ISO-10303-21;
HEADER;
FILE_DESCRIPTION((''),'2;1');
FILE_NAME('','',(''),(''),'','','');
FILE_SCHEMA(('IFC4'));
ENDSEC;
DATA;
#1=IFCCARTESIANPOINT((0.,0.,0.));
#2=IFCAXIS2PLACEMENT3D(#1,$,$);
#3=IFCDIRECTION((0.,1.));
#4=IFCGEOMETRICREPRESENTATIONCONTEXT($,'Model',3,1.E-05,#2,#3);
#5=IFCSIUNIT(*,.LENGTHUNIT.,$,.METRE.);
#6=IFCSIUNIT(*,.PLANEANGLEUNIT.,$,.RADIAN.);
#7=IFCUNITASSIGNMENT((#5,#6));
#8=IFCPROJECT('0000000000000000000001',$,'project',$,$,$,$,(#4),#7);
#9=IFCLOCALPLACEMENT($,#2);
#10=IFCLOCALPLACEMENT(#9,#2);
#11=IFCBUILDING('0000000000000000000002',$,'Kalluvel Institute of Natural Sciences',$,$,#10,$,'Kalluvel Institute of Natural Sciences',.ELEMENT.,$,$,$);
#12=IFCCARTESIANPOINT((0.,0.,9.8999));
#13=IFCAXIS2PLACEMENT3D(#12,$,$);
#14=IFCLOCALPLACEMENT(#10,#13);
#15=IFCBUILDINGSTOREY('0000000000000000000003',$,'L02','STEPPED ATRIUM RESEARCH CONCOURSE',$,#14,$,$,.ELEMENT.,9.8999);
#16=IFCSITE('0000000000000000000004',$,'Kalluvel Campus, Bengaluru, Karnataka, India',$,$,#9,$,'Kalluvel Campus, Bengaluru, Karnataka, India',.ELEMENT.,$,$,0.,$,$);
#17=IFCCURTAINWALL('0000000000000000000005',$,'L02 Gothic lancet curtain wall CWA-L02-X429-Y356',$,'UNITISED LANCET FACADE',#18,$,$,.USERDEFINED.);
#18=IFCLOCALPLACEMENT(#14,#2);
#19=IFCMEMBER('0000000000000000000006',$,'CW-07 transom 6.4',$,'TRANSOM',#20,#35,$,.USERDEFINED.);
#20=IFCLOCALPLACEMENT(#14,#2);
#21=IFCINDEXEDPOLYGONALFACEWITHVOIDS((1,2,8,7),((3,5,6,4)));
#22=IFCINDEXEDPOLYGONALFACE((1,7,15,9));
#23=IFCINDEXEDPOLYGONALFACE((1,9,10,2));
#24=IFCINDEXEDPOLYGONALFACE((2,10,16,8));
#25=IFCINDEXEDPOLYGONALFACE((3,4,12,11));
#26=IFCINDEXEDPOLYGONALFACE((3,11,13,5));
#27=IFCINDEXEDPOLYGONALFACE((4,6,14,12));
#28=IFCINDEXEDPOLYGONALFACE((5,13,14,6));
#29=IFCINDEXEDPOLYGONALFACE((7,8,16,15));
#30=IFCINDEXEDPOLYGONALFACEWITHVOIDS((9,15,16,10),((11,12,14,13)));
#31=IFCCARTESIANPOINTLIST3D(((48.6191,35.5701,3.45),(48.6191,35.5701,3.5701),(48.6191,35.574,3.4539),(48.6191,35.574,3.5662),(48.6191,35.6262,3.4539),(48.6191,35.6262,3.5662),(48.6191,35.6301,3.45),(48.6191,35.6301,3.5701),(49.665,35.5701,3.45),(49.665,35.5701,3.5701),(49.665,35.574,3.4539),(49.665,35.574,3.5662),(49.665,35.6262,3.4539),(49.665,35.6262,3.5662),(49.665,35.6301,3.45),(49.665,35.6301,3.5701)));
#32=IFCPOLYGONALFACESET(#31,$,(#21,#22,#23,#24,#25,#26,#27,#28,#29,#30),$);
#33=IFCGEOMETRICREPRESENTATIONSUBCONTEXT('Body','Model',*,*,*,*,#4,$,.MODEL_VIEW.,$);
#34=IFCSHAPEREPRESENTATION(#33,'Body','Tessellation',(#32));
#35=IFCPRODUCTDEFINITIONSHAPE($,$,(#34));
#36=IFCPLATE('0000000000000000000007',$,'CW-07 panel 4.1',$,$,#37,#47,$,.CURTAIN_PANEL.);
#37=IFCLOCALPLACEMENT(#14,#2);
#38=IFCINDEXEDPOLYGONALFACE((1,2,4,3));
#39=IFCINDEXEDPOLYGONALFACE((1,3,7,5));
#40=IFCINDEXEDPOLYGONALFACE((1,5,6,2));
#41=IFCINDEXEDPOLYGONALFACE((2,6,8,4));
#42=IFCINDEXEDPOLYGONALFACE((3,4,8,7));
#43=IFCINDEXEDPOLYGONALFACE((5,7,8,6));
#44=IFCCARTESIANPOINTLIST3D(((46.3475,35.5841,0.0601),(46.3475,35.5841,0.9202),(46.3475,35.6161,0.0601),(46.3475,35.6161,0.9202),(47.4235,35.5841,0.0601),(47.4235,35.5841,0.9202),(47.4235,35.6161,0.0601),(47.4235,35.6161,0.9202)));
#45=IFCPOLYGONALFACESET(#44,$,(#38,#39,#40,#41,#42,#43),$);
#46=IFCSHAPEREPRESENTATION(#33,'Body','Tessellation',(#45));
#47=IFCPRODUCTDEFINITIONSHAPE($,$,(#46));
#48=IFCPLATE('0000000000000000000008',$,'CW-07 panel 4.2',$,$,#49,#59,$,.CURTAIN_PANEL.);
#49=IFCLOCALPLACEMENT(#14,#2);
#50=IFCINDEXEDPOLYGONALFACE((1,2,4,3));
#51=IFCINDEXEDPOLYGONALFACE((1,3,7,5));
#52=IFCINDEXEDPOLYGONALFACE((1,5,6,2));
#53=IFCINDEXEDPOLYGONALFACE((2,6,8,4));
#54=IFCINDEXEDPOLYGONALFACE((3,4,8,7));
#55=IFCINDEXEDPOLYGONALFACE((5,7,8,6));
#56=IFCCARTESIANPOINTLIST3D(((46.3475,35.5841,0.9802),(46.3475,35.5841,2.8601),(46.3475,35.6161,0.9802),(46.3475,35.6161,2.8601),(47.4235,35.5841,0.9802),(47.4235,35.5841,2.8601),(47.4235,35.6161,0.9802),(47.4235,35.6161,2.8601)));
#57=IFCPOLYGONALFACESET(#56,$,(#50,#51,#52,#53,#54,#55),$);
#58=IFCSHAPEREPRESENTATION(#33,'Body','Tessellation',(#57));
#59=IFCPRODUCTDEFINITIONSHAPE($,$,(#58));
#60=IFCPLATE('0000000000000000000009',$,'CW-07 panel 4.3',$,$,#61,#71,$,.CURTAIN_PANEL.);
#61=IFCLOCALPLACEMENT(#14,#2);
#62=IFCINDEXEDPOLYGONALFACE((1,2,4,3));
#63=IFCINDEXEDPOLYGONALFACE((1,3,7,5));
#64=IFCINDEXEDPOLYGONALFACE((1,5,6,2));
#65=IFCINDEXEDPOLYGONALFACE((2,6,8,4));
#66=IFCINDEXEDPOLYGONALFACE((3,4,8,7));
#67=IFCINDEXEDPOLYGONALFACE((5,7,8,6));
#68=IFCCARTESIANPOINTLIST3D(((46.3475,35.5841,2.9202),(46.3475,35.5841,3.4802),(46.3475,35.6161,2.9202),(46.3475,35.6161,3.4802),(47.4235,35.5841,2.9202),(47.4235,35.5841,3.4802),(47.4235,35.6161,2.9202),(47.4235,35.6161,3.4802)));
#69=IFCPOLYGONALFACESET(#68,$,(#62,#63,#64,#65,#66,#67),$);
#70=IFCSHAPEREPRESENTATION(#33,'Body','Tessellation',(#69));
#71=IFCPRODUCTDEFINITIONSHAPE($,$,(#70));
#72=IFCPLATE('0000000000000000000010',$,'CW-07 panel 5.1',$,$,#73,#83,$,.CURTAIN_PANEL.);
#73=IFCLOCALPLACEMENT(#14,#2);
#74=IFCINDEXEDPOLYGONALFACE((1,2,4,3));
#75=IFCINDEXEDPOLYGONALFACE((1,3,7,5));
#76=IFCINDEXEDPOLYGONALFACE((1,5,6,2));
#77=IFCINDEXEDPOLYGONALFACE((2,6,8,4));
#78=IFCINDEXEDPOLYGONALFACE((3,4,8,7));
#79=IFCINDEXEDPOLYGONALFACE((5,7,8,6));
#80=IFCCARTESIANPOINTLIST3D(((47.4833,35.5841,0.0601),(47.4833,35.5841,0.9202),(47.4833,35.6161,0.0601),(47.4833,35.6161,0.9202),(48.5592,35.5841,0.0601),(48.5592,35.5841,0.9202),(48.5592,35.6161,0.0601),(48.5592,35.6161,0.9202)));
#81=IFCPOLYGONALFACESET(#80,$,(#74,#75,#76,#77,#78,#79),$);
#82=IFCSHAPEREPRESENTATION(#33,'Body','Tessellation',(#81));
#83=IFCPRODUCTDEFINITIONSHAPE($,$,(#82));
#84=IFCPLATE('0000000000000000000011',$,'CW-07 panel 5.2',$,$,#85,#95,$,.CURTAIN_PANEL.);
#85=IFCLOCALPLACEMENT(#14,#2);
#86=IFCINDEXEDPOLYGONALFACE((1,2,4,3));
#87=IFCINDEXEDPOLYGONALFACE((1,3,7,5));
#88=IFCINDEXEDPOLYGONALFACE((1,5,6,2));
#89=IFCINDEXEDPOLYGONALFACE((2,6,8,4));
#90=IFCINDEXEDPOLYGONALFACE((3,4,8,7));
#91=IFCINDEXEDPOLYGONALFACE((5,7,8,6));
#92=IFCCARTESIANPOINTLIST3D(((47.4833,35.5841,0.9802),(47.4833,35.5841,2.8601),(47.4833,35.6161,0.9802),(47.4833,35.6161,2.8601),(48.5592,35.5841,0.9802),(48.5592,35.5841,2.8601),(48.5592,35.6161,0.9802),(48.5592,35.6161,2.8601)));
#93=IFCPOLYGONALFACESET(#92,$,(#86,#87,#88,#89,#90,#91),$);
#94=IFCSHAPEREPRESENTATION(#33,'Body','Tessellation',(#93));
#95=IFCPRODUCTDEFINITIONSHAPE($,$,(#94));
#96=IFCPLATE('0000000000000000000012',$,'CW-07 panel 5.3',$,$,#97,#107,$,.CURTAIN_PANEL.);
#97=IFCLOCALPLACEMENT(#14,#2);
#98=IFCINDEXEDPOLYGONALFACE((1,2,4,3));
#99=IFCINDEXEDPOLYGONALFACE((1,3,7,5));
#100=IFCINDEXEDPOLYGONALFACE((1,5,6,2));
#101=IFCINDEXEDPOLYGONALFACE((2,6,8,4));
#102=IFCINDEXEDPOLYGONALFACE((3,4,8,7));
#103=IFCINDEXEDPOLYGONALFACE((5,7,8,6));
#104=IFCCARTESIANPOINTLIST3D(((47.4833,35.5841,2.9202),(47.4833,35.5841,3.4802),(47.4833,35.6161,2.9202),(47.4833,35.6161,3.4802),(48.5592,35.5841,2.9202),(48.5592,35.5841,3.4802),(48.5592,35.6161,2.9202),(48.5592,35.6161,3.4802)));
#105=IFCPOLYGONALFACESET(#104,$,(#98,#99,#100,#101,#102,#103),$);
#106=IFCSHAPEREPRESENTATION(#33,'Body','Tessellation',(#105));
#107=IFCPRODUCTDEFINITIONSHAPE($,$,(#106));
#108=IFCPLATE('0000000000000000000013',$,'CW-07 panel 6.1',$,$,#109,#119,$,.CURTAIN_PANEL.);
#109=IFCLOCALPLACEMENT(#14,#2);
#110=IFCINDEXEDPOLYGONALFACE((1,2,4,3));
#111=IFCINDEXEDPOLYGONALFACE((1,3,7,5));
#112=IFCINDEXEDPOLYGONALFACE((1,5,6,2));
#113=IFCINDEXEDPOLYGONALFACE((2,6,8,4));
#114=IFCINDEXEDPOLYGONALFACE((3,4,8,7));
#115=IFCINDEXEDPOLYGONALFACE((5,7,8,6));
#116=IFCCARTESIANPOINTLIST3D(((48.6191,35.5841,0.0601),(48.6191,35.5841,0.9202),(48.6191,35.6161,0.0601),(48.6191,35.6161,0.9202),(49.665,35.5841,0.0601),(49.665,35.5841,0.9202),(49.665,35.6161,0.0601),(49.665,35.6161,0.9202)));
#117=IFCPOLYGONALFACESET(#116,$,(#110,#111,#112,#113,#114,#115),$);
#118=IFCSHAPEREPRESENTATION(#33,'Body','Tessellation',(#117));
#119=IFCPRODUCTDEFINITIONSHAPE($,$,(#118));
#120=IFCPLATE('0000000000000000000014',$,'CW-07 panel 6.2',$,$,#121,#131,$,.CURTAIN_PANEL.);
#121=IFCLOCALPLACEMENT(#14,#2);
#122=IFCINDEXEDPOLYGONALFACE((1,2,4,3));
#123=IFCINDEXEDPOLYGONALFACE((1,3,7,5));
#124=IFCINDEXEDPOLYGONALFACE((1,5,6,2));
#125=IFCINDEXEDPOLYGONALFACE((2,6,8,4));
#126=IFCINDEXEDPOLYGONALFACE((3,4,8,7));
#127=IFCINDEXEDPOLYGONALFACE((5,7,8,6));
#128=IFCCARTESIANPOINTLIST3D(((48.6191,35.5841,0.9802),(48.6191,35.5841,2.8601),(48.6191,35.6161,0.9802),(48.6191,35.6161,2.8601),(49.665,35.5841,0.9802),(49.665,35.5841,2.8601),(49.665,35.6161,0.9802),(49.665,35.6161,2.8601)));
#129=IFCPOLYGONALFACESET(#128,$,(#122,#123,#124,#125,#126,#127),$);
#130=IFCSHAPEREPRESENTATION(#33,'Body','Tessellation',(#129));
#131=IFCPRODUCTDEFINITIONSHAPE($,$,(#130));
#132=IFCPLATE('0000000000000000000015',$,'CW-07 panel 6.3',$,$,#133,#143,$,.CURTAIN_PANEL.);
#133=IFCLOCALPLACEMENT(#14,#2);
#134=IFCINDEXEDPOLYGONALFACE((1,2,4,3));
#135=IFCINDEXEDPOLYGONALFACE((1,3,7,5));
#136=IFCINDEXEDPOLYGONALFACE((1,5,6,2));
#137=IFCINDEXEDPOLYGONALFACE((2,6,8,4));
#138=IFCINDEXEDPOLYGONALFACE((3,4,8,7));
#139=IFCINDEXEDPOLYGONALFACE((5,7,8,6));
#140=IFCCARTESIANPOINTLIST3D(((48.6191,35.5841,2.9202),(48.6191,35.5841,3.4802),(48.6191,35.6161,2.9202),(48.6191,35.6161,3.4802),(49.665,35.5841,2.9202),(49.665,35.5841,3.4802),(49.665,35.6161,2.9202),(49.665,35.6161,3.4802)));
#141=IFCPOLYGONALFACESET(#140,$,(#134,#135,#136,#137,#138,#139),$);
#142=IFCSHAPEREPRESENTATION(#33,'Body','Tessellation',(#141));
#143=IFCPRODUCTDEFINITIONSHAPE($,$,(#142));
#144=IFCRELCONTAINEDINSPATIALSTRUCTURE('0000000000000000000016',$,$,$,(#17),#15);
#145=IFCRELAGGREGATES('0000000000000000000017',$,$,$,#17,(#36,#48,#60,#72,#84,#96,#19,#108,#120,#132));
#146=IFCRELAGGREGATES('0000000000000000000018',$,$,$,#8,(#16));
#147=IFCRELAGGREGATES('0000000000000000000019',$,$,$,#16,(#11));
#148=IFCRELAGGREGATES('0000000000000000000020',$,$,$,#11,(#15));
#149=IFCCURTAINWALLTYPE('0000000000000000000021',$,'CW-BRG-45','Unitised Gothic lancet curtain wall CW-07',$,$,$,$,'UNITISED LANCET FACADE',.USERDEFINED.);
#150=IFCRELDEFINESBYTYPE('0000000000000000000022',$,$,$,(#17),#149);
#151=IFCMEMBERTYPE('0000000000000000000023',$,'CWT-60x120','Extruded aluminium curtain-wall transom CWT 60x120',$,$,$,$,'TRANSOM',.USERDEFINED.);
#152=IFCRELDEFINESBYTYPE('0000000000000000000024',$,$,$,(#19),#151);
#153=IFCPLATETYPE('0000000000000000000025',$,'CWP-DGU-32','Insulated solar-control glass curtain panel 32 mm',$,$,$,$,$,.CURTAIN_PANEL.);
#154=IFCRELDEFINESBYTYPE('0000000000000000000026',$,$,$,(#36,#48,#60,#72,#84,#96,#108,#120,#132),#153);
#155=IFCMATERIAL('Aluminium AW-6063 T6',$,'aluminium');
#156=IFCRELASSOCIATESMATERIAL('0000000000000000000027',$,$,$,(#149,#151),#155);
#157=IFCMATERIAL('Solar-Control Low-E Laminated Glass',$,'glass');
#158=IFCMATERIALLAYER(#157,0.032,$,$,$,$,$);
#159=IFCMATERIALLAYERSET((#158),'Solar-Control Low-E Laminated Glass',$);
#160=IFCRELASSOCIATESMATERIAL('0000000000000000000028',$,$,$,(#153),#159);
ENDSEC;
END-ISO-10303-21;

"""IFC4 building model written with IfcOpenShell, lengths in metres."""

from ifc_helpers import new_model, si_unit, direction, frame, origin, origin_2d, place, context, subcontext, project, spatial, rectangle, hollow_rectangle, extrude, material, layer, layer_set, material_profile, profile_set, type_object, element, aggregate, save


model = new_model("IFC4")

# Units and contexts
model_context = context("Model", 3, precision=1e-05, world=origin(), true_north=direction((0.0, 1.0)))
body_context = subcontext(model_context, "Body", "Model", "MODEL_VIEW")
ifc_project = project(units=[si_unit("LENGTHUNIT", "METRE"), si_unit("PLANEANGLEUNIT", "RADIAN")], contexts=[model_context])

# Site, building, storey
site_placement = place(None, origin())
site = spatial("IfcSite", under=ifc_project, at=site_placement, Name="Kalluvel Campus, Bengaluru, Karnataka, India", LongName="Kalluvel Campus, Bengaluru, Karnataka, India", CompositionType="ELEMENT", RefElevation=0.0)
building_placement = place(site_placement, origin())
building = spatial("IfcBuilding", under=site, at=building_placement, Name="Kalluvel Institute of Natural Sciences", LongName="Kalluvel Institute of Natural Sciences", CompositionType="ELEMENT")
storey_placement = place(building_placement, frame((0.0, 0.0, 9.8999)))
storey = spatial("IfcBuildingStorey", under=building, at=storey_placement, Name="L02", Description="STEPPED ATRIUM RESEARCH CONCOURSE", CompositionType="ELEMENT", Elevation=9.8999)

# Curtain wall
ifc_material_1 = material(Name="Aluminium AW-6063 T6", Category="aluminium")
curtain_wall_type = type_object("IfcCurtainWallType", Name="CW-BRG-45", Description="Unitised Gothic lancet curtain wall CW-07", ElementType="UNITISED LANCET FACADE", PredefinedType="USERDEFINED", material=ifc_material_1)
curtain_wall_1_placement = place(storey_placement, origin())
curtain_wall_1 = element("IfcCurtainWall", 1, at=curtain_wall_1_placement, inside=storey, type_object=curtain_wall_type, Name="L02 Gothic lancet curtain wall CWA-L02-X429-Y356", ObjectType="UNITISED LANCET FACADE", PredefinedType="USERDEFINED")

# Member
ifc_material_profile_1 = material_profile(ifc_material_1, hollow_rectangle(XDim=0.0601, YDim=0.1201, WallThickness=0.0039, at=origin_2d()), Name="CWT 60x120")
ifc_profile_set_1 = profile_set([ifc_material_profile_1], Name="Aluminium AW-6063 T6")
member_type_1 = type_object("IfcMemberType", Name="CWT-60x120", Description="Extruded aluminium curtain-wall transom CWT 60x120", ElementType="TRANSOM", PredefinedType="USERDEFINED", material=ifc_profile_set_1)
member_1_placement = place(storey_placement, frame((48.6191, 35.6001, 3.51), z_axis=(1.0, 0.0, 0.0), x_axis=(0.0, 1.0, 0.0)))
member_1 = element("IfcMember", 2, at=member_1_placement, type_object=member_type_1, Name="CW-07 transom 6.4", ObjectType="TRANSOM", PredefinedType="USERDEFINED", context=body_context, shape_type="SweptSolid", body=[
    extrude(hollow_rectangle(XDim=0.0601, YDim=0.1201, WallThickness=0.0039, at=origin_2d()), origin(), (0.0, 0.0, 1.0), 1.0459),
])

# Plates
ifc_material_2 = material(Name="Solar-Control Low-E Laminated Glass", Category="glass")
ifc_layer = layer(ifc_material_2, 0.032)
ifc_layer_set = layer_set([ifc_layer], Name="Solar-Control Low-E Laminated Glass")
plate_type = type_object("IfcPlateType", Name="CWP-DGU-32", Description="Insulated solar-control glass curtain panel 32 mm", PredefinedType="CURTAIN_PANEL", material=ifc_layer_set)
plate_1_placement = place(storey_placement, frame((46.8855, 35.6001, 0.0601), z_axis=(0.0, 0.0, 1.0), x_axis=(1.0, 0.0, 0.0)))
plate_1 = element("IfcPlate", 3, at=plate_1_placement, type_object=plate_type, Name="CW-07 panel 4.1", PredefinedType="CURTAIN_PANEL", context=body_context, shape_type="SweptSolid", body=[
    extrude(rectangle(XDim=1.0759, YDim=0.032, at=origin_2d()), origin(), (0.0, 0.0, 1.0), 0.8601),
])
plate_2_placement = place(storey_placement, frame((46.8855, 35.6001, 0.9802), z_axis=(0.0, 0.0, 1.0), x_axis=(1.0, 0.0, 0.0)))
plate_2 = element("IfcPlate", 4, at=plate_2_placement, type_object=plate_type, Name="CW-07 panel 4.2", PredefinedType="CURTAIN_PANEL", context=body_context, shape_type="SweptSolid", body=[
    extrude(rectangle(XDim=1.0759, YDim=0.032, at=origin_2d()), origin(), (0.0, 0.0, 1.0), 1.8799),
])
plate_3_placement = place(storey_placement, frame((46.8855, 35.6001, 2.9202), z_axis=(0.0, 0.0, 1.0), x_axis=(1.0, 0.0, 0.0)))
plate_3 = element("IfcPlate", 5, at=plate_3_placement, type_object=plate_type, Name="CW-07 panel 4.3", PredefinedType="CURTAIN_PANEL", context=body_context, shape_type="SweptSolid", body=[
    extrude(rectangle(XDim=1.0759, YDim=0.032, at=origin_2d()), origin(), (0.0, 0.0, 1.0), 0.5601),
])
plate_4_placement = place(storey_placement, frame((48.0212, 35.6001, 0.0601), z_axis=(0.0, 0.0, 1.0), x_axis=(1.0, 0.0, 0.0)))
plate_4 = element("IfcPlate", 6, at=plate_4_placement, type_object=plate_type, Name="CW-07 panel 5.1", PredefinedType="CURTAIN_PANEL", context=body_context, shape_type="SweptSolid", body=[
    extrude(rectangle(XDim=1.0759, YDim=0.032, at=origin_2d()), origin(), (0.0, 0.0, 1.0), 0.8601),
])
plate_5_placement = place(storey_placement, frame((48.0212, 35.6001, 0.9802), z_axis=(0.0, 0.0, 1.0), x_axis=(1.0, 0.0, 0.0)))
plate_5 = element("IfcPlate", 7, at=plate_5_placement, type_object=plate_type, Name="CW-07 panel 5.2", PredefinedType="CURTAIN_PANEL", context=body_context, shape_type="SweptSolid", body=[
    extrude(rectangle(XDim=1.0759, YDim=0.032, at=origin_2d()), origin(), (0.0, 0.0, 1.0), 1.8799),
])
plate_6_placement = place(storey_placement, frame((48.0212, 35.6001, 2.9202), z_axis=(0.0, 0.0, 1.0), x_axis=(1.0, 0.0, 0.0)))
plate_6 = element("IfcPlate", 8, at=plate_6_placement, type_object=plate_type, Name="CW-07 panel 5.3", PredefinedType="CURTAIN_PANEL", context=body_context, shape_type="SweptSolid", body=[
    extrude(rectangle(XDim=1.0759, YDim=0.032, at=origin_2d()), origin(), (0.0, 0.0, 1.0), 0.5601),
])
plate_7_placement = place(storey_placement, frame((49.1421, 35.6001, 0.0601), z_axis=(0.0, 0.0, 1.0), x_axis=(1.0, 0.0, 0.0)))
plate_7 = element("IfcPlate", 9, at=plate_7_placement, type_object=plate_type, Name="CW-07 panel 6.1", PredefinedType="CURTAIN_PANEL", context=body_context, shape_type="SweptSolid", body=[
    extrude(rectangle(XDim=1.0459, YDim=0.032, at=origin_2d()), origin(), (0.0, 0.0, 1.0), 0.8601),
])
plate_8_placement = place(storey_placement, frame((49.1421, 35.6001, 0.9802), z_axis=(0.0, 0.0, 1.0), x_axis=(1.0, 0.0, 0.0)))
plate_8 = element("IfcPlate", 10, at=plate_8_placement, type_object=plate_type, Name="CW-07 panel 6.2", PredefinedType="CURTAIN_PANEL", context=body_context, shape_type="SweptSolid", body=[
    extrude(rectangle(XDim=1.0459, YDim=0.032, at=origin_2d()), origin(), (0.0, 0.0, 1.0), 1.8799),
])
plate_9_placement = place(storey_placement, frame((49.1421, 35.6001, 2.9202), z_axis=(0.0, 0.0, 1.0), x_axis=(1.0, 0.0, 0.0)))
plate_9 = element("IfcPlate", 11, at=plate_9_placement, type_object=plate_type, Name="CW-07 panel 6.3", PredefinedType="CURTAIN_PANEL", context=body_context, shape_type="SweptSolid", body=[
    extrude(rectangle(XDim=1.0459, YDim=0.032, at=origin_2d()), origin(), (0.0, 0.0, 1.0), 0.5601),
])
aggregate(curtain_wall_1, [plate_1, plate_2, plate_3, plate_4, plate_5, plate_6, member_1, plate_7, plate_8, plate_9])

save(model, "model.ifc")
